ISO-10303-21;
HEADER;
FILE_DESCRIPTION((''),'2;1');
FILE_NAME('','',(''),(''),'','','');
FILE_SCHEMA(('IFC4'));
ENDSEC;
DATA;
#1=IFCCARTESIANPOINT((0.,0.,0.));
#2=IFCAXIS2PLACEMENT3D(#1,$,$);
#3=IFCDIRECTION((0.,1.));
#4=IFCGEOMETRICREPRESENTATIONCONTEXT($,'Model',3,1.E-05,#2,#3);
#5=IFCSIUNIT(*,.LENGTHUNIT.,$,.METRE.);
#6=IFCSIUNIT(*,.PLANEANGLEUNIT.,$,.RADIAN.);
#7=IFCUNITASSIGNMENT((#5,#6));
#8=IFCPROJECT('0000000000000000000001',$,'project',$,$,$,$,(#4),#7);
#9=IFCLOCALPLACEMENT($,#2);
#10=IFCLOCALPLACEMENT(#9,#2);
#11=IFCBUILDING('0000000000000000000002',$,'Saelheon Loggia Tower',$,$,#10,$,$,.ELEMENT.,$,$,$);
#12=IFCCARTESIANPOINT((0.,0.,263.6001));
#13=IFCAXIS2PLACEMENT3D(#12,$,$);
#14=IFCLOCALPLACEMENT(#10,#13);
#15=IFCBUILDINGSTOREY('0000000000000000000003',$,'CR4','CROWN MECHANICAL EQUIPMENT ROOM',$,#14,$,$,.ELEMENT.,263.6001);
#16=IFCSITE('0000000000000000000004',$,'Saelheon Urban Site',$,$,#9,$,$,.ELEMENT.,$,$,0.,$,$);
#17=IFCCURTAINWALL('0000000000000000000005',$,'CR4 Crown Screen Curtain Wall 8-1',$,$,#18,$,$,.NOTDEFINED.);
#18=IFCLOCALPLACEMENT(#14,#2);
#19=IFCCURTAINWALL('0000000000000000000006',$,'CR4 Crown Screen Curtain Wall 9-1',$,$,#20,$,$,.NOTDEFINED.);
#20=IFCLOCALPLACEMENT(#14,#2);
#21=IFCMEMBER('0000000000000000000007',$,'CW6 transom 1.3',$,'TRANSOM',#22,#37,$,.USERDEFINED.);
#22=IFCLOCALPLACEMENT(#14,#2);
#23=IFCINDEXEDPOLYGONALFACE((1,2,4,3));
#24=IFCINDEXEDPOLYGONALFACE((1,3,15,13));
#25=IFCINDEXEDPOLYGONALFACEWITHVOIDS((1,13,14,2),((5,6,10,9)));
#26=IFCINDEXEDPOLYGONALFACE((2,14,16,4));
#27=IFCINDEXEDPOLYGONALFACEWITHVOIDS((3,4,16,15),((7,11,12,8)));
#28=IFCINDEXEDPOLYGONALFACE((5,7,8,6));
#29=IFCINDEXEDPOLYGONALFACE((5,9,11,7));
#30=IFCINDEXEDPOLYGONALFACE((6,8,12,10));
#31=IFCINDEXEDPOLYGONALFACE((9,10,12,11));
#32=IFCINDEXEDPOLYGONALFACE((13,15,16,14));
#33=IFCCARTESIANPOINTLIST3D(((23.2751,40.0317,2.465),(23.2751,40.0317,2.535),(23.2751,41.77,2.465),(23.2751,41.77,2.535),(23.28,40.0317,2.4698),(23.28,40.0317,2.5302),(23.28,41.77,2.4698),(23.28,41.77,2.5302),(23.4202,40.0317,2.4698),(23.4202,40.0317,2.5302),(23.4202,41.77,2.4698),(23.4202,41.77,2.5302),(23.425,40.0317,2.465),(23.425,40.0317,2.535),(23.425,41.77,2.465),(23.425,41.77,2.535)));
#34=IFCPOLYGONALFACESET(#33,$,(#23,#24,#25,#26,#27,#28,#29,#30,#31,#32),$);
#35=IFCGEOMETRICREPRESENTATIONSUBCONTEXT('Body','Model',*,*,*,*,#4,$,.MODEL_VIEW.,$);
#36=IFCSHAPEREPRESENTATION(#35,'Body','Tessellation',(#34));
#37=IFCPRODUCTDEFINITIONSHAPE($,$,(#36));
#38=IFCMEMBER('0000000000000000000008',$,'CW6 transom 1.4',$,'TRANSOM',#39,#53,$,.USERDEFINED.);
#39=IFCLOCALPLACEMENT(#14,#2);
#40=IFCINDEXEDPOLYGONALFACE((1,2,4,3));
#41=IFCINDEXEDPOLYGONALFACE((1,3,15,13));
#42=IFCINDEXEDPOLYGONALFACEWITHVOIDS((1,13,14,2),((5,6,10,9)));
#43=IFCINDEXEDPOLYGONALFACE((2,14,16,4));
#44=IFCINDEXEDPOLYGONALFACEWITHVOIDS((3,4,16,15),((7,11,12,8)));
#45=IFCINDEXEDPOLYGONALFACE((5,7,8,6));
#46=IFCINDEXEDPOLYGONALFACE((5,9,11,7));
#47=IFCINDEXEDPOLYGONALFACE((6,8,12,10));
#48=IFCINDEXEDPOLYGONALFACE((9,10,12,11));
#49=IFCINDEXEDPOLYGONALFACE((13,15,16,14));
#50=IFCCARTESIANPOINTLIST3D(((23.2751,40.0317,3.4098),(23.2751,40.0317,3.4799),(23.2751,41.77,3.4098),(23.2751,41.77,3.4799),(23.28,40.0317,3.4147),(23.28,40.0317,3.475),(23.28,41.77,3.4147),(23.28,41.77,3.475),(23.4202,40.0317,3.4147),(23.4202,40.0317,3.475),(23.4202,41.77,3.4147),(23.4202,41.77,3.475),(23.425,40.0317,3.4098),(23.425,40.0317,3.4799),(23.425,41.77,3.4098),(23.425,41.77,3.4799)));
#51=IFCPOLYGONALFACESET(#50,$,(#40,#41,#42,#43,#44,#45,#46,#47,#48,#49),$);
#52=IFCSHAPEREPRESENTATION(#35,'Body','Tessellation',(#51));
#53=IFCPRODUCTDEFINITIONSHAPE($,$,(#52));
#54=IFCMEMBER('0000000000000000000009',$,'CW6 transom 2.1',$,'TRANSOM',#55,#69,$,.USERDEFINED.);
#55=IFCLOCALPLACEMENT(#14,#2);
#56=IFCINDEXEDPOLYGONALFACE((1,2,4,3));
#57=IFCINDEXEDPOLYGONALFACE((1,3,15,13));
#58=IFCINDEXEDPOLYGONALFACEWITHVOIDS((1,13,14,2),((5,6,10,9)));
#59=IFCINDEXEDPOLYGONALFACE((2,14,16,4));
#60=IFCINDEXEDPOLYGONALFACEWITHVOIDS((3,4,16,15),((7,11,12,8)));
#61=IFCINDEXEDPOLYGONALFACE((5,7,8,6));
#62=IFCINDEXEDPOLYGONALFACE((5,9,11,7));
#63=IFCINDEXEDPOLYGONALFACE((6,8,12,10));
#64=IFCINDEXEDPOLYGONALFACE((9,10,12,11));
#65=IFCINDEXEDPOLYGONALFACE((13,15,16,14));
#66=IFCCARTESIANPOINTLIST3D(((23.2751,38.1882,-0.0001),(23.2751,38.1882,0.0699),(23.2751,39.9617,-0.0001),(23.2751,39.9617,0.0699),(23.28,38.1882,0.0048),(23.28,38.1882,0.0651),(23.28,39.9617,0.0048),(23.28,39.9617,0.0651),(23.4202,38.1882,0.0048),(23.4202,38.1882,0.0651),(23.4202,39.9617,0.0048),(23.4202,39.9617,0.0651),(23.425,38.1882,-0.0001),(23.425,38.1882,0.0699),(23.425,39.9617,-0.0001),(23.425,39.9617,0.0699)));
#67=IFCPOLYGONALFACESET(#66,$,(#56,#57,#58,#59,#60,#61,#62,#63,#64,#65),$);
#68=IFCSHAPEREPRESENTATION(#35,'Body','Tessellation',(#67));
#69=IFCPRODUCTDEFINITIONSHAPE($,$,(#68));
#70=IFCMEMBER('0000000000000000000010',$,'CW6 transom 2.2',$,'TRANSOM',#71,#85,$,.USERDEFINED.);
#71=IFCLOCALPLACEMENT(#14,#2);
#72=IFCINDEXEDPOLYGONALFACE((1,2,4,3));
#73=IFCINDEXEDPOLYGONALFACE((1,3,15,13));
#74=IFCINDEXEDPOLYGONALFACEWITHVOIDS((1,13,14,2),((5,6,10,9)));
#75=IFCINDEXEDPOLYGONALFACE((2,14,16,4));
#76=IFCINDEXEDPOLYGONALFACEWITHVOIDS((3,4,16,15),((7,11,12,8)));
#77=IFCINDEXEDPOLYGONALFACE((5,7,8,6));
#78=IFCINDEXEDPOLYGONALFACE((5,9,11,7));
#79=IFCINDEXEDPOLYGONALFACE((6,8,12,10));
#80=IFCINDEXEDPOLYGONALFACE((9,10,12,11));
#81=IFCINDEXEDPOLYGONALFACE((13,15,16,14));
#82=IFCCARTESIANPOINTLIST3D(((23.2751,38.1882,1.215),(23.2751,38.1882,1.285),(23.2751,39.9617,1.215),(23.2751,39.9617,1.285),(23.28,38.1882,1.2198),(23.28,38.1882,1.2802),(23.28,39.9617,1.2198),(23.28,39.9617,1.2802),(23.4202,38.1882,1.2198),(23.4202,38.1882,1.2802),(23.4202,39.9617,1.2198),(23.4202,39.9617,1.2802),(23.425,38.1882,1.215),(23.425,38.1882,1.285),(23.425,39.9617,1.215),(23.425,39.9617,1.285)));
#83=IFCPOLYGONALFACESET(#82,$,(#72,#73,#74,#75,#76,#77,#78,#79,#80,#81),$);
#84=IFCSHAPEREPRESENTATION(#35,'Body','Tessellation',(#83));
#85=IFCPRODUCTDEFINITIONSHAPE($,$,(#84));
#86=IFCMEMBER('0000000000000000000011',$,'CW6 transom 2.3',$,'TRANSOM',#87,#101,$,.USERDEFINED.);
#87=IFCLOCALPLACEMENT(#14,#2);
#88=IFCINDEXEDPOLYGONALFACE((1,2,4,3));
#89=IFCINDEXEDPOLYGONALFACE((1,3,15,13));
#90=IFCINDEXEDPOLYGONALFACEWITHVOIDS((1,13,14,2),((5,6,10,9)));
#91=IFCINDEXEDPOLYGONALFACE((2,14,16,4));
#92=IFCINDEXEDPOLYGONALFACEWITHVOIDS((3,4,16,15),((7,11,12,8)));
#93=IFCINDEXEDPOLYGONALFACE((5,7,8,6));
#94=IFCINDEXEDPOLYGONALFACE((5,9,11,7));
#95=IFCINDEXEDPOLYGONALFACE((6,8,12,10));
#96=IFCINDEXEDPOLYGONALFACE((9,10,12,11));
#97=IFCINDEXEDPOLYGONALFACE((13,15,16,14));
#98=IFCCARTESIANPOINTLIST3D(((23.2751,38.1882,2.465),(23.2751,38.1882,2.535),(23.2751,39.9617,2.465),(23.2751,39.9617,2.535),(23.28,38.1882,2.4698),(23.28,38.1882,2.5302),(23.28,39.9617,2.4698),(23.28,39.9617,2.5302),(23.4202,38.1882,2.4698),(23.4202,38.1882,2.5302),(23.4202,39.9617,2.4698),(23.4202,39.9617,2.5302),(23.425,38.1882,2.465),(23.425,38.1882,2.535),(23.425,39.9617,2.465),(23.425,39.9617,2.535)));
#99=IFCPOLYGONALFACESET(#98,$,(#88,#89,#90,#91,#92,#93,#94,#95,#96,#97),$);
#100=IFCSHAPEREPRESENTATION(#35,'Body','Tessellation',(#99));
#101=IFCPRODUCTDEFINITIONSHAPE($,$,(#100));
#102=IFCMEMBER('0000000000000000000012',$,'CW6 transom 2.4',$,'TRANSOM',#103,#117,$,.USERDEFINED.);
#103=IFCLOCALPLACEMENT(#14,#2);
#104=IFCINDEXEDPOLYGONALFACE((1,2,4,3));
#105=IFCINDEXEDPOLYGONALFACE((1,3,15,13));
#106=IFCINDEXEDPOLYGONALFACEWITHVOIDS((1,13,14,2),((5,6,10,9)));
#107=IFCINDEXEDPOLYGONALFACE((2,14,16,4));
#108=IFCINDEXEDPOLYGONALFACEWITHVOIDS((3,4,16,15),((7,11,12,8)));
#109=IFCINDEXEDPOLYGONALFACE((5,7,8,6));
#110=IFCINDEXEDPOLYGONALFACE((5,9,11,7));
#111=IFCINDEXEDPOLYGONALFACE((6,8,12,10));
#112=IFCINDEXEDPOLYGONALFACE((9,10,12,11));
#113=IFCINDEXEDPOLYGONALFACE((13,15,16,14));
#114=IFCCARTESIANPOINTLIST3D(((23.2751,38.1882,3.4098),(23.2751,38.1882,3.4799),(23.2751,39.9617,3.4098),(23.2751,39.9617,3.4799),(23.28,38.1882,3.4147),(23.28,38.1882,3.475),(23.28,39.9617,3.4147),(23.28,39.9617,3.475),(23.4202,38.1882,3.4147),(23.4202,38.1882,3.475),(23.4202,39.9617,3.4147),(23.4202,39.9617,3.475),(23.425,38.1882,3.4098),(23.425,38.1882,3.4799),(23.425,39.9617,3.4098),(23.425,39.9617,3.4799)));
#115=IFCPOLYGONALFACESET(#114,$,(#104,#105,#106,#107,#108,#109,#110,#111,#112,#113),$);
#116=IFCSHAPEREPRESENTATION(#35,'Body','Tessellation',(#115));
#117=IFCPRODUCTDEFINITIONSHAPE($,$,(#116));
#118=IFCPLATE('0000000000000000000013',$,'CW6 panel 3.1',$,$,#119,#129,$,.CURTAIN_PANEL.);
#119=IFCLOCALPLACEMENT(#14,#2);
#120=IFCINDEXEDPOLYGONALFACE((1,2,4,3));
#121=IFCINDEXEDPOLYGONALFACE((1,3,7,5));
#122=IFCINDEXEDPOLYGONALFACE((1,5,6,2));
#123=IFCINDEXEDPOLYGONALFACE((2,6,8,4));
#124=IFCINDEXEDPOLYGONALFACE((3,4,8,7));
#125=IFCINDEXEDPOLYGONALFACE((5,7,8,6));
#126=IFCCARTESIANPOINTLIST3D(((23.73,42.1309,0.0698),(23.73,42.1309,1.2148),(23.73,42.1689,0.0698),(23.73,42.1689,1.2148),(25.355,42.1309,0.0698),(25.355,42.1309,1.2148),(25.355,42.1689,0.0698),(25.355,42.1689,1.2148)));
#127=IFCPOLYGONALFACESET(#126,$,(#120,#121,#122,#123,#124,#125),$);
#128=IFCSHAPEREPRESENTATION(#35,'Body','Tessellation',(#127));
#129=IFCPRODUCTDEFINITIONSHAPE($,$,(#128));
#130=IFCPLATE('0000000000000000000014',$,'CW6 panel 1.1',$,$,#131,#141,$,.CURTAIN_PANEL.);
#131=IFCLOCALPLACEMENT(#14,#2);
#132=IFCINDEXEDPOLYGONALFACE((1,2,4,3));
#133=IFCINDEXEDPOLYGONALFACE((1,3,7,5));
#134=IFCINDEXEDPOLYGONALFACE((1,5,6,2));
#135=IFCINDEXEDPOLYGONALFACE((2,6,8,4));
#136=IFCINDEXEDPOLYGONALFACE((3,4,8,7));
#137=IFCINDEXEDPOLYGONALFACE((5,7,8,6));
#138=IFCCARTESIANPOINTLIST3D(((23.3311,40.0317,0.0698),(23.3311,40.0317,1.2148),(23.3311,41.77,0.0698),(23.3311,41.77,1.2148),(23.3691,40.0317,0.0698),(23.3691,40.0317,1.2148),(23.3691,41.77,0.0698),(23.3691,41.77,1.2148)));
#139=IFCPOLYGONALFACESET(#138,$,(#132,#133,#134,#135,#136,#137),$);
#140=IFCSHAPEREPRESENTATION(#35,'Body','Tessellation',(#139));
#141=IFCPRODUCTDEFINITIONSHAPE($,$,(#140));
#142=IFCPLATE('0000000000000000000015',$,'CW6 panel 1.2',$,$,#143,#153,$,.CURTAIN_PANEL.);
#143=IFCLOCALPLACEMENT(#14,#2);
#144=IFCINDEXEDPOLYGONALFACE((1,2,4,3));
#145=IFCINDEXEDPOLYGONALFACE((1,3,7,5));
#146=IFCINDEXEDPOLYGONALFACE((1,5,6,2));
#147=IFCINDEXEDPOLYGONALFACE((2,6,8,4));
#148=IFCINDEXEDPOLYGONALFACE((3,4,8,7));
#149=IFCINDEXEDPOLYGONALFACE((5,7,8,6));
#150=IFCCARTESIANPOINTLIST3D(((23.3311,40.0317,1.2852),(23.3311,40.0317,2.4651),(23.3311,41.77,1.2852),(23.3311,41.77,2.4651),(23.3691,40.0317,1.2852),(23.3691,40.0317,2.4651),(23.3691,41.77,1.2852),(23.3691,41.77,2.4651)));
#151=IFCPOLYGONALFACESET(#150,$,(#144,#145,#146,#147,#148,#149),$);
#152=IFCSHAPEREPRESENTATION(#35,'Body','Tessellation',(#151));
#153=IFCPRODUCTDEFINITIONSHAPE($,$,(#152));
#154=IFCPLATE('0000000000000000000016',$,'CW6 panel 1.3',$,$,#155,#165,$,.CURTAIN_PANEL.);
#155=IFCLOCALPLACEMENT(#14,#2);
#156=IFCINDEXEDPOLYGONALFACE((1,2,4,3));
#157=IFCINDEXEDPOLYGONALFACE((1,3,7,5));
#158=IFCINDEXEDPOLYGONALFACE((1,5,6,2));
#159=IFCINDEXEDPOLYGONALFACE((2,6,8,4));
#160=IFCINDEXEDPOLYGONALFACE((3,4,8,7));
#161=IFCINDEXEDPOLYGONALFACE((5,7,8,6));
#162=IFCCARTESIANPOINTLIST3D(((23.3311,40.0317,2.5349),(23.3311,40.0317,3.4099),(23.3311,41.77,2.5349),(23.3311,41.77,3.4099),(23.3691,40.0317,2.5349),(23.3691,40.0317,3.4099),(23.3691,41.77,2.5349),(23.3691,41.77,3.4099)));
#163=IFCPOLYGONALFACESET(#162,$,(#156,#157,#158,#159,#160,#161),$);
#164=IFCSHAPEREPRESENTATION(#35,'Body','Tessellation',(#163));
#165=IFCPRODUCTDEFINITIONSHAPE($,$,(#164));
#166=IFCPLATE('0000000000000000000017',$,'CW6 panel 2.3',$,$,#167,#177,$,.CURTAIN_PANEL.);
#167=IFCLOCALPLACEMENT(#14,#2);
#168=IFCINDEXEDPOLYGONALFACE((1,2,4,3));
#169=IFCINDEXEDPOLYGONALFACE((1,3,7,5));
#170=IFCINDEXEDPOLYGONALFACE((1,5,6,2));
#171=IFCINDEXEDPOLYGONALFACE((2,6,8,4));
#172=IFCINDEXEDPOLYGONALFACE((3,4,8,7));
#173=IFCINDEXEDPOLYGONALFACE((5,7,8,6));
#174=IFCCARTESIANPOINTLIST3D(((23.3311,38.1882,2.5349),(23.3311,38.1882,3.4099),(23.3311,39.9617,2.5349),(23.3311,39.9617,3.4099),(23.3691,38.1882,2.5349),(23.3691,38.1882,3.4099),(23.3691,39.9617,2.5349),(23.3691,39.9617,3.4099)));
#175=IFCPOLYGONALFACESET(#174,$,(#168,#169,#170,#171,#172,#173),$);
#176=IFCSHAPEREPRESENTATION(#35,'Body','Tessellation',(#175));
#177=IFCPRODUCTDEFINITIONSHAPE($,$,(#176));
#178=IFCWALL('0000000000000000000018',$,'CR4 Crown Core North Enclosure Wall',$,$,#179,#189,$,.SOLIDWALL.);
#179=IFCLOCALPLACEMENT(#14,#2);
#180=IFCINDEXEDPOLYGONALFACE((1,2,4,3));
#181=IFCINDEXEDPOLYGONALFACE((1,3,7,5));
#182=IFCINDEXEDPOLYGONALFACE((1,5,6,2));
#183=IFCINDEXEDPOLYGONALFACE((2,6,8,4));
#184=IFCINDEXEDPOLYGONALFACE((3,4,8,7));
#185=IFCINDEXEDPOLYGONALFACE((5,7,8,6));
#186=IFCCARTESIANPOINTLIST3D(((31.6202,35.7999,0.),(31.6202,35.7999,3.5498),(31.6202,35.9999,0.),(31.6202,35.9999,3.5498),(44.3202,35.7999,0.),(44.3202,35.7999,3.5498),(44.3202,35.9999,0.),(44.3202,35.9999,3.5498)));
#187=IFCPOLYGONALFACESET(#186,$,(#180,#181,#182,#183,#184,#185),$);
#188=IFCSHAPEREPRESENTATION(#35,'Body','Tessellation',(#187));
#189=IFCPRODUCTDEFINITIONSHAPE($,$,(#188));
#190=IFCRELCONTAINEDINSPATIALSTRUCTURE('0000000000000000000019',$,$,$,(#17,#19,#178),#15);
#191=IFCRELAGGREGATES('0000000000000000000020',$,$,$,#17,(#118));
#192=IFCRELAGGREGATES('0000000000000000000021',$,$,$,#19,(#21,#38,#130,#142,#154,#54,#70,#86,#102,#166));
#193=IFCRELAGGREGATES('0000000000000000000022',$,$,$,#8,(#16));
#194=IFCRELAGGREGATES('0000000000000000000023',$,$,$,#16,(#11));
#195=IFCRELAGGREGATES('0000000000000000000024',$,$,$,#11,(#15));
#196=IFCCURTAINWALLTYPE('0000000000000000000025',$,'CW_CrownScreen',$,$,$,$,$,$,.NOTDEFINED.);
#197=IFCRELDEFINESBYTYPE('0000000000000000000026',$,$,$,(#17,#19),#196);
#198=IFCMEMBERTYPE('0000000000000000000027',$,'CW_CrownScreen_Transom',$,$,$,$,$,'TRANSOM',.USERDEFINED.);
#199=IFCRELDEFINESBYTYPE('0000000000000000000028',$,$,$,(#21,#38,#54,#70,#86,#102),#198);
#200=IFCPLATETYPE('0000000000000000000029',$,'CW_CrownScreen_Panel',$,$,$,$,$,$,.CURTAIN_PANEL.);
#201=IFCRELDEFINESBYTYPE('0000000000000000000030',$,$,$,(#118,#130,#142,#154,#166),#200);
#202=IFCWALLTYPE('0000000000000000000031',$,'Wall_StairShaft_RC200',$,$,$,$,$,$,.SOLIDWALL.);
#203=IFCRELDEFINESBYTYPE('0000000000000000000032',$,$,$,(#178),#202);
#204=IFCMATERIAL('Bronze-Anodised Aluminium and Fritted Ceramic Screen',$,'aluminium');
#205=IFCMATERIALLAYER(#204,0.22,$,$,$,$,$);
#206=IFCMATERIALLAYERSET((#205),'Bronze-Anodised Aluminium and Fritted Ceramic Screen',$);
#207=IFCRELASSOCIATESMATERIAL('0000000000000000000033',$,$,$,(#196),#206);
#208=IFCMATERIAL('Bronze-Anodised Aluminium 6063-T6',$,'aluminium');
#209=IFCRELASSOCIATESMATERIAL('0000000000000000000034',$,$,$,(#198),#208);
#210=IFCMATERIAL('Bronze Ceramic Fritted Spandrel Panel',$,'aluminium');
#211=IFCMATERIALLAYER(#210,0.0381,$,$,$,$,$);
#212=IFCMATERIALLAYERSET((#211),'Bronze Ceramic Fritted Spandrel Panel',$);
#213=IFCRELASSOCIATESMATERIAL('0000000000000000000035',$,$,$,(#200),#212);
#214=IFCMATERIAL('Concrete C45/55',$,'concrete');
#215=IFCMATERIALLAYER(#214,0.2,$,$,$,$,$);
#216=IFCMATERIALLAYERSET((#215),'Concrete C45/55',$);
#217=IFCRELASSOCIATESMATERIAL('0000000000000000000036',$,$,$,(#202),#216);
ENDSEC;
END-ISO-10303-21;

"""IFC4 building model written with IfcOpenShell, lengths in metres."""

from ifc_helpers import new_model, si_unit, direction, frame, frame_2d, origin, origin_2d, place, context, subcontext, project, spatial, rectangle, hollow_rectangle, extrude, source, transform, mapped, material, layer, layer_set, material_profile, profile_set, type_object, element, aggregate, save


model = new_model("IFC4")

# Units and contexts
model_context = context("Model", 3, precision=1e-05, world=origin(), true_north=direction((0.0, 1.0)))
body_context = subcontext(model_context, "Body", "Model", "MODEL_VIEW")
ifc_project = project(units=[si_unit("LENGTHUNIT", "METRE"), si_unit("PLANEANGLEUNIT", "RADIAN")], contexts=[model_context])

# Site, building, storey
site_placement = place(None, origin())
site = spatial("IfcSite", under=ifc_project, at=site_placement, Name="Saelheon Urban Site", CompositionType="ELEMENT", RefElevation=0.0)
building_placement = place(site_placement, origin())
building = spatial("IfcBuilding", under=site, at=building_placement, Name="Saelheon Loggia Tower", CompositionType="ELEMENT")
storey_placement = place(building_placement, frame((0.0, 0.0, 263.6001)))
storey = spatial("IfcBuildingStorey", under=building, at=storey_placement, Name="CR4", Description="CROWN MECHANICAL EQUIPMENT ROOM", CompositionType="ELEMENT", Elevation=263.6001)

# Curtain wall
ifc_material_1 = material(Name="Bronze-Anodised Aluminium and Fritted Ceramic Screen", Category="aluminium")
ifc_layer_1 = layer(ifc_material_1, 0.22)
ifc_layer_set_1 = layer_set([ifc_layer_1], Name="Bronze-Anodised Aluminium and Fritted Ceramic Screen")
curtain_wall_type = type_object("IfcCurtainWallType", Name="CW_CrownScreen", PredefinedType="NOTDEFINED", material=ifc_layer_set_1)
curtain_wall_1_placement = place(storey_placement, origin())
curtain_wall_1 = element("IfcCurtainWall", 1, at=curtain_wall_1_placement, inside=storey, type_object=curtain_wall_type, Name="CR4 Crown Screen Curtain Wall 8-1", PredefinedType="NOTDEFINED")
ifc_material_2 = material(Name="Bronze-Anodised Aluminium 6063-T6", Category="aluminium")

# Curtain wall, members
curtain_wall_2_placement = place(storey_placement, origin())
curtain_wall_2 = element("IfcCurtainWall", 2, at=curtain_wall_2_placement, inside=storey, type_object=curtain_wall_type, Name="CR4 Crown Screen Curtain Wall 9-1", PredefinedType="NOTDEFINED")
ifc_material_profile_1 = material_profile(ifc_material_2, hollow_rectangle(XDim=0.0701, YDim=0.1499, WallThickness=0.0049, at=origin_2d()), Name="RHS-150x70x5")
ifc_profile_set_1 = profile_set([ifc_material_profile_1], Name="Bronze-Anodised Aluminium 6063-T6")
member_type_1 = type_object("IfcMemberType", Name="CW_CrownScreen_Transom", ElementType="TRANSOM", PredefinedType="USERDEFINED", material=ifc_profile_set_1)
shared_shape_1 = source(origin(), body_context, "Body", "SweptSolid", [
    extrude(hollow_rectangle(XDim=0.0701, YDim=0.1499, WallThickness=0.0049, at=origin_2d()), origin(), (0.0, 0.0, 1.0), 1.7383),
])
member_1_placement = place(storey_placement, frame((23.3501, 41.77, 2.5), z_axis=(0.0, -1.0, 0.0), x_axis=(0.0, 0.0, 1.0)))
member_1 = element("IfcMember", 3, at=member_1_placement, type_object=member_type_1, Name="CW6 transom 1.3", ObjectType="TRANSOM", PredefinedType="USERDEFINED", context=body_context, shape_type="MappedRepresentation", body=[
    mapped(shared_shape_1, transform((0.0, 0.0, 0.0), scale=1.0)),
])
member_2_placement = place(storey_placement, frame((23.3501, 41.77, 3.4448), z_axis=(0.0, -1.0, 0.0), x_axis=(0.0, 0.0, 1.0)))
member_2 = element("IfcMember", 4, at=member_2_placement, type_object=member_type_1, Name="CW6 transom 1.4", ObjectType="TRANSOM", PredefinedType="USERDEFINED", context=body_context, shape_type="MappedRepresentation", body=[
    mapped(shared_shape_1, transform((0.0, 0.0, 0.0), scale=1.0)),
])
shared_shape_2 = source(origin(), body_context, "Body", "SweptSolid", [
    extrude(hollow_rectangle(XDim=0.0701, YDim=0.1499, WallThickness=0.0049, at=origin_2d()), origin(), (0.0, 0.0, 1.0), 1.7734),
])
member_3_placement = place(storey_placement, frame((23.3501, 39.9617, 0.0349), z_axis=(0.0, -1.0, 0.0), x_axis=(0.0, 0.0, 1.0)))
member_3 = element("IfcMember", 5, at=member_3_placement, type_object=member_type_1, Name="CW6 transom 2.1", ObjectType="TRANSOM", PredefinedType="USERDEFINED", context=body_context, shape_type="MappedRepresentation", body=[
    mapped(shared_shape_2, transform((0.0, 0.0, 0.0), scale=1.0)),
])
member_4_placement = place(storey_placement, frame((23.3501, 39.9617, 1.25), z_axis=(0.0, -1.0, 0.0), x_axis=(0.0, 0.0, 1.0)))
member_4 = element("IfcMember", 6, at=member_4_placement, type_object=member_type_1, Name="CW6 transom 2.2", ObjectType="TRANSOM", PredefinedType="USERDEFINED", context=body_context, shape_type="MappedRepresentation", body=[
    mapped(shared_shape_2, transform((0.0, 0.0, 0.0), scale=1.0)),
])
member_5_placement = place(storey_placement, frame((23.3501, 39.9617, 2.5), z_axis=(0.0, -1.0, 0.0), x_axis=(0.0, 0.0, 1.0)))
member_5 = element("IfcMember", 7, at=member_5_placement, type_object=member_type_1, Name="CW6 transom 2.3", ObjectType="TRANSOM", PredefinedType="USERDEFINED", context=body_context, shape_type="MappedRepresentation", body=[
    mapped(shared_shape_2, transform((0.0, 0.0, 0.0), scale=1.0)),
])
member_6_placement = place(storey_placement, frame((23.3501, 39.9617, 3.4448), z_axis=(0.0, -1.0, 0.0), x_axis=(0.0, 0.0, 1.0)))
member_6 = element("IfcMember", 8, at=member_6_placement, type_object=member_type_1, Name="CW6 transom 2.4", ObjectType="TRANSOM", PredefinedType="USERDEFINED", context=body_context, shape_type="MappedRepresentation", body=[
    mapped(shared_shape_2, transform((0.0, 0.0, 0.0), scale=1.0)),
])

# Plates
ifc_material_3 = material(Name="Bronze Ceramic Fritted Spandrel Panel", Category="aluminium")
ifc_layer_2 = layer(ifc_material_3, 0.0381)
ifc_layer_set_2 = layer_set([ifc_layer_2], Name="Bronze Ceramic Fritted Spandrel Panel")
plate_type = type_object("IfcPlateType", Name="CW_CrownScreen_Panel", PredefinedType="CURTAIN_PANEL", material=ifc_layer_set_2)
shared_shape_3 = source(origin(), body_context, "Body", "SweptSolid", [
    extrude(rectangle(XDim=1.625, YDim=0.0381, at=origin_2d()), origin(), (0.0, 0.0, 1.0), 1.145),
])
plate_1_placement = place(storey_placement, frame((24.5425, 42.1499, 0.0698), z_axis=(0.0, 0.0, 1.0), x_axis=(-1.0, 0.0, 0.0)))
plate_1 = element("IfcPlate", 9, at=plate_1_placement, type_object=plate_type, Name="CW6 panel 3.1", PredefinedType="CURTAIN_PANEL", context=body_context, shape_type="MappedRepresentation", body=[
    mapped(shared_shape_3, transform((0.0, 0.0, 0.0), scale=1.0)),
])
aggregate(curtain_wall_1, [plate_1])
shared_shape_4 = source(origin(), body_context, "Body", "SweptSolid", [
    extrude(rectangle(XDim=1.7383, YDim=0.0381, at=origin_2d()), origin(), (0.0, 0.0, 1.0), 1.145),
])
plate_2_placement = place(storey_placement, frame((23.3501, 40.9009, 0.0698), z_axis=(0.0, 0.0, 1.0), x_axis=(0.0, -1.0, 0.0)))
plate_2 = element("IfcPlate", 10, at=plate_2_placement, type_object=plate_type, Name="CW6 panel 1.1", PredefinedType="CURTAIN_PANEL", context=body_context, shape_type="MappedRepresentation", body=[
    mapped(shared_shape_4, transform((0.0, 0.0, 0.0), scale=1.0)),
])
shared_shape_5 = source(origin(), body_context, "Body", "SweptSolid", [
    extrude(rectangle(XDim=1.7383, YDim=0.0381, at=origin_2d()), origin(), (0.0, 0.0, 1.0), 1.1799),
])
plate_3_placement = place(storey_placement, frame((23.3501, 40.9009, 1.2852), z_axis=(0.0, 0.0, 1.0), x_axis=(0.0, -1.0, 0.0)))
plate_3 = element("IfcPlate", 11, at=plate_3_placement, type_object=plate_type, Name="CW6 panel 1.2", PredefinedType="CURTAIN_PANEL", context=body_context, shape_type="MappedRepresentation", body=[
    mapped(shared_shape_5, transform((0.0, 0.0, 0.0), scale=1.0)),
])
shared_shape_6 = source(origin(), body_context, "Body", "SweptSolid", [
    extrude(rectangle(XDim=1.7383, YDim=0.0381, at=origin_2d()), origin(), (0.0, 0.0, 1.0), 0.875),
])
plate_4_placement = place(storey_placement, frame((23.3501, 40.9009, 2.5349), z_axis=(0.0, 0.0, 1.0), x_axis=(0.0, -1.0, 0.0)))
plate_4 = element("IfcPlate", 12, at=plate_4_placement, type_object=plate_type, Name="CW6 panel 1.3", PredefinedType="CURTAIN_PANEL", context=body_context, shape_type="MappedRepresentation", body=[
    mapped(shared_shape_6, transform((0.0, 0.0, 0.0), scale=1.0)),
])
shared_shape_7 = source(origin(), body_context, "Body", "SweptSolid", [
    extrude(rectangle(XDim=1.7734, YDim=0.0381, at=origin_2d()), origin(), (0.0, 0.0, 1.0), 0.875),
])
plate_5_placement = place(storey_placement, frame((23.3501, 39.075, 2.5349), z_axis=(0.0, 0.0, 1.0), x_axis=(0.0, -1.0, 0.0)))
plate_5 = element("IfcPlate", 13, at=plate_5_placement, type_object=plate_type, Name="CW6 panel 2.3", PredefinedType="CURTAIN_PANEL", context=body_context, shape_type="MappedRepresentation", body=[
    mapped(shared_shape_7, transform((0.0, 0.0, 0.0), scale=1.0)),
])
aggregate(curtain_wall_2, [member_1, member_2, plate_2, plate_3, plate_4, member_3, member_4, member_5, member_6, plate_5])

# Wall
ifc_material_4 = material(Name="Concrete C45/55", Category="concrete")
ifc_layer_3 = layer(ifc_material_4, 0.2)
ifc_layer_set_3 = layer_set([ifc_layer_3], Name="Concrete C45/55")
wall_type = type_object("IfcWallType", Name="Wall_StairShaft_RC200", PredefinedType="SOLIDWALL", material=ifc_layer_set_3)
wall_placement = place(storey_placement, frame((31.6201, 35.8999, 0.0), z_axis=(0.0, 0.0, 1.0), x_axis=(1.0, 0.0, 0.0)))
element("IfcWall", 14, at=wall_placement, inside=storey, type_object=wall_type, Name="CR4 Crown Core North Enclosure Wall", PredefinedType="SOLIDWALL", context=body_context, shape_type="SweptSolid", body=[
    extrude(rectangle(XDim=12.7, YDim=0.2, at=frame_2d((6.3501, 0.0))), origin(), (0.0, 0.0, 1.0), 3.5498),
])

save(model, "model.ifc")
